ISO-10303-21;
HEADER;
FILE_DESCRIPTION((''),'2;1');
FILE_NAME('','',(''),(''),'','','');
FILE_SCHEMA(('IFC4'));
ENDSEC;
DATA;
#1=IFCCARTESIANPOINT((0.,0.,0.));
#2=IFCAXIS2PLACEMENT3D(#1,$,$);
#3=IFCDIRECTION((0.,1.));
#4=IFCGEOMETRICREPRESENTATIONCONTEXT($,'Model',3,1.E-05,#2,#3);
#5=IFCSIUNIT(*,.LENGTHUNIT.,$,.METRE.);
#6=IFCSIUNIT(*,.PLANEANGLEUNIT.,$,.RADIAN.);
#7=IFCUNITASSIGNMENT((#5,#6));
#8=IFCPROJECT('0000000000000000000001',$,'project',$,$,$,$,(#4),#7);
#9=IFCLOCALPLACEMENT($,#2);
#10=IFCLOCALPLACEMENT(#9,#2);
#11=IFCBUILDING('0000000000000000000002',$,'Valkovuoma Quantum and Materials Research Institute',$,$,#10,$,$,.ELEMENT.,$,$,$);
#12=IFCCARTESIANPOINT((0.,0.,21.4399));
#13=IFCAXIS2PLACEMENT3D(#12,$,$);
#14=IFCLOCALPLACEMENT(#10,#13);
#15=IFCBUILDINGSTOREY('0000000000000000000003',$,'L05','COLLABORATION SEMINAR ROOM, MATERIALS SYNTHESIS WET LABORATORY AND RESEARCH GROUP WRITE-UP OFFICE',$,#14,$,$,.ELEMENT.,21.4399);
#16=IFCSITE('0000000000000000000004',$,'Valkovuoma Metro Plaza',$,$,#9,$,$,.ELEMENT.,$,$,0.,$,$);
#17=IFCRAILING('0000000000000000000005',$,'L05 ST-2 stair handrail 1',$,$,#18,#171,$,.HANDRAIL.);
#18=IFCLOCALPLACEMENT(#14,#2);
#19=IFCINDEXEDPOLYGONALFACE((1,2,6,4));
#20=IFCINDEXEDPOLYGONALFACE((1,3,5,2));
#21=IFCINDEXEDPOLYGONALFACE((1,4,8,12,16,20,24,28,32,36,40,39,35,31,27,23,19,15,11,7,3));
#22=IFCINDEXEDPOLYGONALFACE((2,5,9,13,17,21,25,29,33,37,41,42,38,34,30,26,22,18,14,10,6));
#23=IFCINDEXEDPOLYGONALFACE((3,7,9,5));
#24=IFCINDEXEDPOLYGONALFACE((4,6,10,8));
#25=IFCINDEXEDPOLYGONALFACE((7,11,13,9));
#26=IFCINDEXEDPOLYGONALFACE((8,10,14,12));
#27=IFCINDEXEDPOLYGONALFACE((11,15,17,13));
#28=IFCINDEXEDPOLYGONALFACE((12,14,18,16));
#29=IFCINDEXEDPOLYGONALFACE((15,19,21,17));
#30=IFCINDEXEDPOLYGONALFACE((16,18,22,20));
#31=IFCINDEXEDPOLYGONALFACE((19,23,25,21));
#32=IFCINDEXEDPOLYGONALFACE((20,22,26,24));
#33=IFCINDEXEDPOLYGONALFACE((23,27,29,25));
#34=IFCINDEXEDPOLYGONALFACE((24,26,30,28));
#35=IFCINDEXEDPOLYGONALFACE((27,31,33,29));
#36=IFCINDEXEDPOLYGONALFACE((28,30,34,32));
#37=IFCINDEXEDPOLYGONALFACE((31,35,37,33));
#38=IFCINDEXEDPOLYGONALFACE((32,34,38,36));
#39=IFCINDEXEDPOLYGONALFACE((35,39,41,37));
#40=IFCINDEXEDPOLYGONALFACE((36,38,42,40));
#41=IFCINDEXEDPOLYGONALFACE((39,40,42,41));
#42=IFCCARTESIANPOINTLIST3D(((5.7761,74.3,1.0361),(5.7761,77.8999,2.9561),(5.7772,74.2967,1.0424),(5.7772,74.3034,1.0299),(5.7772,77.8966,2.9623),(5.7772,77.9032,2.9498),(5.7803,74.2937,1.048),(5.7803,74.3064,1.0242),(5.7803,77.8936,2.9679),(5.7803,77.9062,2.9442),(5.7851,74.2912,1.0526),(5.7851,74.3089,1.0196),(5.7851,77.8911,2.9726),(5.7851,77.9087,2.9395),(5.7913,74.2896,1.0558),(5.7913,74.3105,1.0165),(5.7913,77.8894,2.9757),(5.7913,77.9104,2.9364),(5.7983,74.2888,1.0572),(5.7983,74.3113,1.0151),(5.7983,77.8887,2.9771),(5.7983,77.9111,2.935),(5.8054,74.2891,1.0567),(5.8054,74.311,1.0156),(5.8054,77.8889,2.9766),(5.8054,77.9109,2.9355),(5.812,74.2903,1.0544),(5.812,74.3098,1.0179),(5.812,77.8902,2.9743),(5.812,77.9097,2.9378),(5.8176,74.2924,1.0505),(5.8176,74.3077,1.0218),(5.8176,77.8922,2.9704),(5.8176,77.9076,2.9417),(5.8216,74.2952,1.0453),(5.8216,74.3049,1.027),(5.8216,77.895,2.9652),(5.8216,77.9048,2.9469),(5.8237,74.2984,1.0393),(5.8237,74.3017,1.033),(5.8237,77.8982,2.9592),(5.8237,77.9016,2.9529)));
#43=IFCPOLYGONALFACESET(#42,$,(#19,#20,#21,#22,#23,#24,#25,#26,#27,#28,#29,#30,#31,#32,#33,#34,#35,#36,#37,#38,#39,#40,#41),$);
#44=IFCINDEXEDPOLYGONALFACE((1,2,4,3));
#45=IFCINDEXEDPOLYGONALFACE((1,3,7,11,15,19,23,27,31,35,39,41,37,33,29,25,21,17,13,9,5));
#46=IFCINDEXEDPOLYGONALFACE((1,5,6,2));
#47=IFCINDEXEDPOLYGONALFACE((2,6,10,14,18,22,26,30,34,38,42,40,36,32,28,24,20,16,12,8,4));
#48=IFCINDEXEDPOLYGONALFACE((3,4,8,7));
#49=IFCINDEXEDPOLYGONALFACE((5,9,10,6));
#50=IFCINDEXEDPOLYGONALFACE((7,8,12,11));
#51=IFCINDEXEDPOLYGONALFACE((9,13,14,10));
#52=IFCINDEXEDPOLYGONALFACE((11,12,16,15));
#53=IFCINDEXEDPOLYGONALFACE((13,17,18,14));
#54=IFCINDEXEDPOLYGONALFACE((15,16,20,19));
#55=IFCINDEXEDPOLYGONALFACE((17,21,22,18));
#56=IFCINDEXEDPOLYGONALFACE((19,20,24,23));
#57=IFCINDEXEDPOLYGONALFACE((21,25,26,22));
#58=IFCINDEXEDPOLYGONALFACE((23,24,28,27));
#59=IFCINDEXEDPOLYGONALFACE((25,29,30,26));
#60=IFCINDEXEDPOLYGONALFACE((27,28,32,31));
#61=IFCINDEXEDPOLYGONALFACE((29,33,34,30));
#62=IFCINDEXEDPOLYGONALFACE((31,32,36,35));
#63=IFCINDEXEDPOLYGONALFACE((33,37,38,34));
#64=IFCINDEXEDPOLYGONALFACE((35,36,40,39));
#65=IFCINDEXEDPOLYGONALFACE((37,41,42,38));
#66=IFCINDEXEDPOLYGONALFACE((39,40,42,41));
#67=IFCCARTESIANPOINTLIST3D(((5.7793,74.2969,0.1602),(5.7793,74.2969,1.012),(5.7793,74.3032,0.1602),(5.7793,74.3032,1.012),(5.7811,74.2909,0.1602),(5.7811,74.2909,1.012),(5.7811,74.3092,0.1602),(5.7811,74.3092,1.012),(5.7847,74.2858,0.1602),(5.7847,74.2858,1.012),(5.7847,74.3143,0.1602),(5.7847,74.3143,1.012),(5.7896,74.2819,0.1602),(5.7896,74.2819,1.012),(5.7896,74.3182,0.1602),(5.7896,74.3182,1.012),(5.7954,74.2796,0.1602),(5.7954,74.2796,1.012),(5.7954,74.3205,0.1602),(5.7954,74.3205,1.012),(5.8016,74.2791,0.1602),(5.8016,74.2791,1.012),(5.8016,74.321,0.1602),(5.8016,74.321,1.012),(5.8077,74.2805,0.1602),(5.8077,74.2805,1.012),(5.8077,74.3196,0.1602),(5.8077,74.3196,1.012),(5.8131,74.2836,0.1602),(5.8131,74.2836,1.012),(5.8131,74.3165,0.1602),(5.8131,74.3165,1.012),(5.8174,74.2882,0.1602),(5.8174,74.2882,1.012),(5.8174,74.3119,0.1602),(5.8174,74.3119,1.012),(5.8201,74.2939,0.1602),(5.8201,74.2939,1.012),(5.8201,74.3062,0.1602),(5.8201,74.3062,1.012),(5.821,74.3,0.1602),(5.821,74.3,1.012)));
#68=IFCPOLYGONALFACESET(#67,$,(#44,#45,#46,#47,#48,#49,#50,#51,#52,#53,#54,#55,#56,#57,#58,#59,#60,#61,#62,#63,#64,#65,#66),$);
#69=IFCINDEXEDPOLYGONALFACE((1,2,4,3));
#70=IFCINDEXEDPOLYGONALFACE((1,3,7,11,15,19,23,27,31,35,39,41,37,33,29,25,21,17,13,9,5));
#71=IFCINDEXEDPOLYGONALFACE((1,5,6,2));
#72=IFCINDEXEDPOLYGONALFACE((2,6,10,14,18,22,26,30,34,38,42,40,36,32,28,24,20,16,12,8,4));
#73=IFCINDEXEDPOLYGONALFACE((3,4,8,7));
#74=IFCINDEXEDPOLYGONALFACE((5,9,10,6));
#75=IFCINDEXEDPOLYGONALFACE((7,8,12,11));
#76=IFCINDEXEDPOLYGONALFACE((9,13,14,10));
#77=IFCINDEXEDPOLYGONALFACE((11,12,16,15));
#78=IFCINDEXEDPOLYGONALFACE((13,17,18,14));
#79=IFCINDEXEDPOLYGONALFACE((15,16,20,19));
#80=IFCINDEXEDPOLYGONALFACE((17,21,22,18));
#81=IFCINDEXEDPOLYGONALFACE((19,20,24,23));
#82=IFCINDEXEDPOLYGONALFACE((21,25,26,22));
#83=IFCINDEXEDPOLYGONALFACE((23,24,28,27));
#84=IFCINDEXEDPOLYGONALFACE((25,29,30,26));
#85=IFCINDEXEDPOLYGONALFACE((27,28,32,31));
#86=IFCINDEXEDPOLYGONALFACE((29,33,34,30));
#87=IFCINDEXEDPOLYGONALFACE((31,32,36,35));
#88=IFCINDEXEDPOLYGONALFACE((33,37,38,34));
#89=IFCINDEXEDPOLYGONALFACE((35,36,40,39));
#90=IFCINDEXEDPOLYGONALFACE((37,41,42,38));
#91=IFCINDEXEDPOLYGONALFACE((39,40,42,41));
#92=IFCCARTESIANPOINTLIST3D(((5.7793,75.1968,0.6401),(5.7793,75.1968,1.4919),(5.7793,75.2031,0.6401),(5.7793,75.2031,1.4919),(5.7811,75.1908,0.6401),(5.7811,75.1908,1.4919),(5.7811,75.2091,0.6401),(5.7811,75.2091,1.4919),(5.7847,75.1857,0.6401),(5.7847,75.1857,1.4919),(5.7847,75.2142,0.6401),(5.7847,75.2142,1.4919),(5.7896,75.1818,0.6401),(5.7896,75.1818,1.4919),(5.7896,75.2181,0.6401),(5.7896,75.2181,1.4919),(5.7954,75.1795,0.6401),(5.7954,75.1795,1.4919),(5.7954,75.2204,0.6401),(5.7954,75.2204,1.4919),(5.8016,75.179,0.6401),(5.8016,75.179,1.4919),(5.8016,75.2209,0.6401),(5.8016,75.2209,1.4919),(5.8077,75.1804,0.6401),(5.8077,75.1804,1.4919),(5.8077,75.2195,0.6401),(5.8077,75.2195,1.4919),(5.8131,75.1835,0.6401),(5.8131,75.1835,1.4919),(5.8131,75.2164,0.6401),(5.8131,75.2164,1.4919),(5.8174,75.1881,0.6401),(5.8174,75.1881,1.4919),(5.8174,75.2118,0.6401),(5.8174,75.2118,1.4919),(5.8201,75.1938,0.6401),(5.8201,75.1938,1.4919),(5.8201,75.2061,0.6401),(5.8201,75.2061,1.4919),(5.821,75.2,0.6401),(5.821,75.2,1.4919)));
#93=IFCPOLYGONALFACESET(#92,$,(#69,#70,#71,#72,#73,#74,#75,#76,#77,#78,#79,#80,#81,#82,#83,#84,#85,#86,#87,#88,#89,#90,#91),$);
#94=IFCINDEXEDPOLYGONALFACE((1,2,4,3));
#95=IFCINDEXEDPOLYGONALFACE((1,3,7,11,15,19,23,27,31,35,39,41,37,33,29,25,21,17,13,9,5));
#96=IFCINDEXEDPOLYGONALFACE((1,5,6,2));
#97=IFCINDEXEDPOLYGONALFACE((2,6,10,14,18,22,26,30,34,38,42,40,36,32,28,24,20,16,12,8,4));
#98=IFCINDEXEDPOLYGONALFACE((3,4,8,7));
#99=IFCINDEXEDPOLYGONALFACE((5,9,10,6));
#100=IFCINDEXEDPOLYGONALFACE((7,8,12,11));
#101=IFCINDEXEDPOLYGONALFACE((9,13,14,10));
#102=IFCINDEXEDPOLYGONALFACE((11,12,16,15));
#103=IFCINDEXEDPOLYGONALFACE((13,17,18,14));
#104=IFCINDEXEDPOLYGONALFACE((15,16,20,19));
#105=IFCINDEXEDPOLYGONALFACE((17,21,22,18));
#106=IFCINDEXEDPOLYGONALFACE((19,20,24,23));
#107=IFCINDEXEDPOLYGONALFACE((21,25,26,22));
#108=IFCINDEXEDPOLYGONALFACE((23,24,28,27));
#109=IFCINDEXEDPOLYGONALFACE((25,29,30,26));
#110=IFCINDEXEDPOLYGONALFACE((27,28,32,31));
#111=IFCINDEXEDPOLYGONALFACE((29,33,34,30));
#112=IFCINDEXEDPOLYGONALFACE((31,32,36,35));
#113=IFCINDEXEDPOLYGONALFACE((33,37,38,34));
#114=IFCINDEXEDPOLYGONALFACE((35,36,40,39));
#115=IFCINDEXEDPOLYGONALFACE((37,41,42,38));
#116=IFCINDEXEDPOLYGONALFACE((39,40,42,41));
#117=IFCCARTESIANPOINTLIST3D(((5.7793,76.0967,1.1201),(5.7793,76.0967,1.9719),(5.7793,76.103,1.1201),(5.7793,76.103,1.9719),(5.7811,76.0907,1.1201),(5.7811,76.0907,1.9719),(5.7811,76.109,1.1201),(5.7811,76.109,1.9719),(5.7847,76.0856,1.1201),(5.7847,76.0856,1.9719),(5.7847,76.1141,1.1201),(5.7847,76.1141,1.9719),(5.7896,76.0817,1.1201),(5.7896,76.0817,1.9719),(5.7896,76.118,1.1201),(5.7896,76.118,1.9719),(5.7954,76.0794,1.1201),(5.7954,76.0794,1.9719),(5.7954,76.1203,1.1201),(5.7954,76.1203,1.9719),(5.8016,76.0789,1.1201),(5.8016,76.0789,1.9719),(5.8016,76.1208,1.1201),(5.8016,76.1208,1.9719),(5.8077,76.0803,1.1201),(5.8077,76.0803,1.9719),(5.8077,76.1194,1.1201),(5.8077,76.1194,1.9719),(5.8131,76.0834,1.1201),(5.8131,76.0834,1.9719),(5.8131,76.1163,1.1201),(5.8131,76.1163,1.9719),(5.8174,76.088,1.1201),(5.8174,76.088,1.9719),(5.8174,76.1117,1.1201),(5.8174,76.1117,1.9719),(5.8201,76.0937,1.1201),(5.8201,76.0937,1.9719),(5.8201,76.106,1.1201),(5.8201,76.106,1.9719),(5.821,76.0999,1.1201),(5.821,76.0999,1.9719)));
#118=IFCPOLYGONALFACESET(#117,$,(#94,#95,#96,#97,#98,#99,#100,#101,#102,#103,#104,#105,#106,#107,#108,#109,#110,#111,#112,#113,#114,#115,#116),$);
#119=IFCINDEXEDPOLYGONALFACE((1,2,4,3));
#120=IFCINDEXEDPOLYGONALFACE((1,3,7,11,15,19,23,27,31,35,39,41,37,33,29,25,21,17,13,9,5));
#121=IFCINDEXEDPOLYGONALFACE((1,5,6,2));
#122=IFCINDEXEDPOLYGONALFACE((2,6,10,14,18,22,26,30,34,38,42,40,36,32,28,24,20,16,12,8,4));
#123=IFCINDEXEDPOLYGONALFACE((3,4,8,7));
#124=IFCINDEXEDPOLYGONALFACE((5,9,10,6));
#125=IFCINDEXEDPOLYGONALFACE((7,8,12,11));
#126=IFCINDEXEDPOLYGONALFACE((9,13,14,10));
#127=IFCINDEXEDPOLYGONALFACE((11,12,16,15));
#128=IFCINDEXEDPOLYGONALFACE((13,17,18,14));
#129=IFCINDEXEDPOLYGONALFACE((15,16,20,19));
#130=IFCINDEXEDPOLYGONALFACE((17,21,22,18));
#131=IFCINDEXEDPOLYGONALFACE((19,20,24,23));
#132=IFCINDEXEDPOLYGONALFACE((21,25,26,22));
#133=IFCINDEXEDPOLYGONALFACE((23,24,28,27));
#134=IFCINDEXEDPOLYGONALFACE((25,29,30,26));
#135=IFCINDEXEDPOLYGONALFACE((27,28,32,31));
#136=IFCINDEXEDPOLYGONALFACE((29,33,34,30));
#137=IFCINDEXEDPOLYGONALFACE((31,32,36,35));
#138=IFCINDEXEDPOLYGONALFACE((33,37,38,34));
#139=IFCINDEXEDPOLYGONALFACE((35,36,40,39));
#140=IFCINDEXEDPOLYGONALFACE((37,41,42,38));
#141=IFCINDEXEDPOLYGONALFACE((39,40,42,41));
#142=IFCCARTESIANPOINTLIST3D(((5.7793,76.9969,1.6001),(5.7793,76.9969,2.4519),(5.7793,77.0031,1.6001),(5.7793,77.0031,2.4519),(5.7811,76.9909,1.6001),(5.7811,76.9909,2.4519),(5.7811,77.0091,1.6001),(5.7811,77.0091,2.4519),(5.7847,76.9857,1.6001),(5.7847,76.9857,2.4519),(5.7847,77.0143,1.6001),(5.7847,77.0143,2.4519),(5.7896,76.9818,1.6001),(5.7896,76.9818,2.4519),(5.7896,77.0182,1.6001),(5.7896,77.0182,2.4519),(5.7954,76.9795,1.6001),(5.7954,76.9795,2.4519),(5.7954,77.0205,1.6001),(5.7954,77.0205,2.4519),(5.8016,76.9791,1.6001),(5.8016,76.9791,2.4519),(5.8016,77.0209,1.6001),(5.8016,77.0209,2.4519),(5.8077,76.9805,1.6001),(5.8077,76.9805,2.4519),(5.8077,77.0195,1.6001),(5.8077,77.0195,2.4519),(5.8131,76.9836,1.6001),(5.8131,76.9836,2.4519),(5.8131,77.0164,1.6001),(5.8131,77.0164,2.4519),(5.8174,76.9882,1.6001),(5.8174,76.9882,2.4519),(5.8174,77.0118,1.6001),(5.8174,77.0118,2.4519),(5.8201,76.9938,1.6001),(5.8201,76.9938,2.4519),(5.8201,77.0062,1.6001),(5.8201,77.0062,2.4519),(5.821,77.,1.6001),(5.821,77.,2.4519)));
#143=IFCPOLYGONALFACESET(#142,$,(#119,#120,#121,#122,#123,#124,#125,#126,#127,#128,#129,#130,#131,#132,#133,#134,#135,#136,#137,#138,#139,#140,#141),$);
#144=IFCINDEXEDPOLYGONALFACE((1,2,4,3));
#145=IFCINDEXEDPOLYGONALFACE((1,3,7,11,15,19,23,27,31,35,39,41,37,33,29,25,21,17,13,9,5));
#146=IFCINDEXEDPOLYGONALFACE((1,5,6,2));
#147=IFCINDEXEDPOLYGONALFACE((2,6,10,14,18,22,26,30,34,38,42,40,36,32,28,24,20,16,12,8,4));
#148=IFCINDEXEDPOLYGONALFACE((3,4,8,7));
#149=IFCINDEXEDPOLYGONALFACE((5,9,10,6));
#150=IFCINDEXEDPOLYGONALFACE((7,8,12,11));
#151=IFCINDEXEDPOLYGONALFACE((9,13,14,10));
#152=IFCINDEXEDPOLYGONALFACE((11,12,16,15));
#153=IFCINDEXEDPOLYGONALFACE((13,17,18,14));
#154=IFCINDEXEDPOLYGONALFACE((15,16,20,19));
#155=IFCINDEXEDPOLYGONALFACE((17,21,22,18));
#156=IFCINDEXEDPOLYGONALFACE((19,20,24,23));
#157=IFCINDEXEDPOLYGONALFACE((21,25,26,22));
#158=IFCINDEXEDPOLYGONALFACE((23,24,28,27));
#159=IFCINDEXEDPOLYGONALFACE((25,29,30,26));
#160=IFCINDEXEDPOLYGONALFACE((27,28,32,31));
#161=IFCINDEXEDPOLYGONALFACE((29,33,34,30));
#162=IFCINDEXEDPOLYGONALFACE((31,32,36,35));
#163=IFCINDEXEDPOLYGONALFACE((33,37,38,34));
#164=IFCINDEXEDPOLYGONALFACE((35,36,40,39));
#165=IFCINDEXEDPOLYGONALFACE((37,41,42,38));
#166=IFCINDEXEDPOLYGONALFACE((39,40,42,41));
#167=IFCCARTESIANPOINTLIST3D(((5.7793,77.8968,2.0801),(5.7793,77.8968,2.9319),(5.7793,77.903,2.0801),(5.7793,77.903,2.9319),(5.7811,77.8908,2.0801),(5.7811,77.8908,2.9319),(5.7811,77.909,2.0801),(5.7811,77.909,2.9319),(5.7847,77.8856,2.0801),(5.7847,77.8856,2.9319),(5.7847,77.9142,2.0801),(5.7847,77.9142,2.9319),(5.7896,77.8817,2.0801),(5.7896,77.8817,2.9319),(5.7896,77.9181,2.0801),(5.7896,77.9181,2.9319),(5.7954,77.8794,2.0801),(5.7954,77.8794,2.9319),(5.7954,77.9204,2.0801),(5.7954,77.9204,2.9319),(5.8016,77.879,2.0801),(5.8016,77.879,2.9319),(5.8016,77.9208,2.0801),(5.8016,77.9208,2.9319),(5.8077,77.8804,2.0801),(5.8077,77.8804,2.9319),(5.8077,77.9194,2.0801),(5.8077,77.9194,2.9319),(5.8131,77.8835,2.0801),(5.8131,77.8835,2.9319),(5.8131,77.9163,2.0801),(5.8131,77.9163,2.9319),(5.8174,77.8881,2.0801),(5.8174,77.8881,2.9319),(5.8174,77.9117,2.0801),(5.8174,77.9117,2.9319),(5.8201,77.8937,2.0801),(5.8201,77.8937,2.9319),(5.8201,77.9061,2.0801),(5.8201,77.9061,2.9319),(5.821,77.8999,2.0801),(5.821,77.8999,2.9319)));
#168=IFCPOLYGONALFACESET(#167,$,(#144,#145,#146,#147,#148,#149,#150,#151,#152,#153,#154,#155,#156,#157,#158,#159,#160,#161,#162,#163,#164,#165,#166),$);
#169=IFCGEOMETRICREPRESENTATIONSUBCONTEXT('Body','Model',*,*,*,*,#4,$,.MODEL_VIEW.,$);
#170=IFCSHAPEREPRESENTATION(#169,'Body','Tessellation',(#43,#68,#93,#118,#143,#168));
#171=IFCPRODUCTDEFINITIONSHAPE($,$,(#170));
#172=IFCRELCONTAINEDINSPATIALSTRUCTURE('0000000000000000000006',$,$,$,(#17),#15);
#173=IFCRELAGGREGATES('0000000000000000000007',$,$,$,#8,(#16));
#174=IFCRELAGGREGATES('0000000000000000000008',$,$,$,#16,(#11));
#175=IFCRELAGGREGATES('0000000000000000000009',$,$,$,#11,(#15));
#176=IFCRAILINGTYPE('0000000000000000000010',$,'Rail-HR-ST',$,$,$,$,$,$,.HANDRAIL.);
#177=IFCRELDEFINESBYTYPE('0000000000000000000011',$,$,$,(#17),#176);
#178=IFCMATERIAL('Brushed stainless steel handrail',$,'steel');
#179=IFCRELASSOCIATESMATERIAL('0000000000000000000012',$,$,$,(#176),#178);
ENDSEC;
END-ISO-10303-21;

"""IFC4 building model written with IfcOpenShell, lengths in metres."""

from ifc_helpers import new_model, si_unit, direction, frame, origin, origin_2d, place, context, subcontext, project, spatial, circle, extrude, material, type_object, element, save


model = new_model("IFC4")

# Units and contexts
model_context = context("Model", 3, precision=1e-05, world=origin(), true_north=direction((0.0, 1.0)))
body_context = subcontext(model_context, "Body", "Model", "MODEL_VIEW")
ifc_project = project(units=[si_unit("LENGTHUNIT", "METRE"), si_unit("PLANEANGLEUNIT", "RADIAN")], contexts=[model_context])

# Site, building, storey
site_placement = place(None, origin())
site = spatial("IfcSite", under=ifc_project, at=site_placement, Name="Valkovuoma Metro Plaza", CompositionType="ELEMENT", RefElevation=0.0)
building_placement = place(site_placement, origin())
building = spatial("IfcBuilding", under=site, at=building_placement, Name="Valkovuoma Quantum and Materials Research Institute", CompositionType="ELEMENT")
storey_placement = place(building_placement, frame((0.0, 0.0, 21.4399)))
storey = spatial("IfcBuildingStorey", under=building, at=storey_placement, Name="L05", Description="COLLABORATION SEMINAR ROOM, MATERIALS SYNTHESIS WET LABORATORY AND RESEARCH GROUP WRITE-UP OFFICE", CompositionType="ELEMENT", Elevation=21.4399)

# Railing
ifc_material_1 = material(Name="Brushed stainless steel handrail", Category="steel")
railing_type_1 = type_object("IfcRailingType", Name="Rail-HR-ST", PredefinedType="HANDRAIL", material=ifc_material_1)
railing_1_placement = place(storey_placement, frame((5.8, 74.3, 0.1602)))
element("IfcRailing", 1, at=railing_1_placement, inside=storey, type_object=railing_type_1, Name="L05 ST-2 stair handrail 1", PredefinedType="HANDRAIL", context=body_context, shape_type="SweptSolid", body=[
    extrude(circle(Radius=0.0239, at=origin_2d()), frame((0.0, 0.0, 0.876), z_axis=(0.0, 0.882353, 0.470588), x_axis=(-1.0, 0.0, 0.0)), (0.0, 0.0, 1.0), 4.0798),
    extrude(circle(Radius=0.021, at=origin_2d()), origin(), (0.0, 0.0, 1.0), 0.8518),
    extrude(circle(Radius=0.021, at=origin_2d()), frame((0.0, 0.8999, 0.48)), (0.0, 0.0, 1.0), 0.8518),
    extrude(circle(Radius=0.021, at=origin_2d()), frame((0.0, 1.7998, 0.96)), (0.0, 0.0, 1.0), 0.8518),
    extrude(circle(Radius=0.021, at=origin_2d()), frame((0.0, 2.7, 1.4399)), (0.0, 0.0, 1.0), 0.8518),
    extrude(circle(Radius=0.021, at=origin_2d()), frame((0.0, 3.5999, 1.9199)), (0.0, 0.0, 1.0), 0.8518),
])

save(model, "model.ifc")
